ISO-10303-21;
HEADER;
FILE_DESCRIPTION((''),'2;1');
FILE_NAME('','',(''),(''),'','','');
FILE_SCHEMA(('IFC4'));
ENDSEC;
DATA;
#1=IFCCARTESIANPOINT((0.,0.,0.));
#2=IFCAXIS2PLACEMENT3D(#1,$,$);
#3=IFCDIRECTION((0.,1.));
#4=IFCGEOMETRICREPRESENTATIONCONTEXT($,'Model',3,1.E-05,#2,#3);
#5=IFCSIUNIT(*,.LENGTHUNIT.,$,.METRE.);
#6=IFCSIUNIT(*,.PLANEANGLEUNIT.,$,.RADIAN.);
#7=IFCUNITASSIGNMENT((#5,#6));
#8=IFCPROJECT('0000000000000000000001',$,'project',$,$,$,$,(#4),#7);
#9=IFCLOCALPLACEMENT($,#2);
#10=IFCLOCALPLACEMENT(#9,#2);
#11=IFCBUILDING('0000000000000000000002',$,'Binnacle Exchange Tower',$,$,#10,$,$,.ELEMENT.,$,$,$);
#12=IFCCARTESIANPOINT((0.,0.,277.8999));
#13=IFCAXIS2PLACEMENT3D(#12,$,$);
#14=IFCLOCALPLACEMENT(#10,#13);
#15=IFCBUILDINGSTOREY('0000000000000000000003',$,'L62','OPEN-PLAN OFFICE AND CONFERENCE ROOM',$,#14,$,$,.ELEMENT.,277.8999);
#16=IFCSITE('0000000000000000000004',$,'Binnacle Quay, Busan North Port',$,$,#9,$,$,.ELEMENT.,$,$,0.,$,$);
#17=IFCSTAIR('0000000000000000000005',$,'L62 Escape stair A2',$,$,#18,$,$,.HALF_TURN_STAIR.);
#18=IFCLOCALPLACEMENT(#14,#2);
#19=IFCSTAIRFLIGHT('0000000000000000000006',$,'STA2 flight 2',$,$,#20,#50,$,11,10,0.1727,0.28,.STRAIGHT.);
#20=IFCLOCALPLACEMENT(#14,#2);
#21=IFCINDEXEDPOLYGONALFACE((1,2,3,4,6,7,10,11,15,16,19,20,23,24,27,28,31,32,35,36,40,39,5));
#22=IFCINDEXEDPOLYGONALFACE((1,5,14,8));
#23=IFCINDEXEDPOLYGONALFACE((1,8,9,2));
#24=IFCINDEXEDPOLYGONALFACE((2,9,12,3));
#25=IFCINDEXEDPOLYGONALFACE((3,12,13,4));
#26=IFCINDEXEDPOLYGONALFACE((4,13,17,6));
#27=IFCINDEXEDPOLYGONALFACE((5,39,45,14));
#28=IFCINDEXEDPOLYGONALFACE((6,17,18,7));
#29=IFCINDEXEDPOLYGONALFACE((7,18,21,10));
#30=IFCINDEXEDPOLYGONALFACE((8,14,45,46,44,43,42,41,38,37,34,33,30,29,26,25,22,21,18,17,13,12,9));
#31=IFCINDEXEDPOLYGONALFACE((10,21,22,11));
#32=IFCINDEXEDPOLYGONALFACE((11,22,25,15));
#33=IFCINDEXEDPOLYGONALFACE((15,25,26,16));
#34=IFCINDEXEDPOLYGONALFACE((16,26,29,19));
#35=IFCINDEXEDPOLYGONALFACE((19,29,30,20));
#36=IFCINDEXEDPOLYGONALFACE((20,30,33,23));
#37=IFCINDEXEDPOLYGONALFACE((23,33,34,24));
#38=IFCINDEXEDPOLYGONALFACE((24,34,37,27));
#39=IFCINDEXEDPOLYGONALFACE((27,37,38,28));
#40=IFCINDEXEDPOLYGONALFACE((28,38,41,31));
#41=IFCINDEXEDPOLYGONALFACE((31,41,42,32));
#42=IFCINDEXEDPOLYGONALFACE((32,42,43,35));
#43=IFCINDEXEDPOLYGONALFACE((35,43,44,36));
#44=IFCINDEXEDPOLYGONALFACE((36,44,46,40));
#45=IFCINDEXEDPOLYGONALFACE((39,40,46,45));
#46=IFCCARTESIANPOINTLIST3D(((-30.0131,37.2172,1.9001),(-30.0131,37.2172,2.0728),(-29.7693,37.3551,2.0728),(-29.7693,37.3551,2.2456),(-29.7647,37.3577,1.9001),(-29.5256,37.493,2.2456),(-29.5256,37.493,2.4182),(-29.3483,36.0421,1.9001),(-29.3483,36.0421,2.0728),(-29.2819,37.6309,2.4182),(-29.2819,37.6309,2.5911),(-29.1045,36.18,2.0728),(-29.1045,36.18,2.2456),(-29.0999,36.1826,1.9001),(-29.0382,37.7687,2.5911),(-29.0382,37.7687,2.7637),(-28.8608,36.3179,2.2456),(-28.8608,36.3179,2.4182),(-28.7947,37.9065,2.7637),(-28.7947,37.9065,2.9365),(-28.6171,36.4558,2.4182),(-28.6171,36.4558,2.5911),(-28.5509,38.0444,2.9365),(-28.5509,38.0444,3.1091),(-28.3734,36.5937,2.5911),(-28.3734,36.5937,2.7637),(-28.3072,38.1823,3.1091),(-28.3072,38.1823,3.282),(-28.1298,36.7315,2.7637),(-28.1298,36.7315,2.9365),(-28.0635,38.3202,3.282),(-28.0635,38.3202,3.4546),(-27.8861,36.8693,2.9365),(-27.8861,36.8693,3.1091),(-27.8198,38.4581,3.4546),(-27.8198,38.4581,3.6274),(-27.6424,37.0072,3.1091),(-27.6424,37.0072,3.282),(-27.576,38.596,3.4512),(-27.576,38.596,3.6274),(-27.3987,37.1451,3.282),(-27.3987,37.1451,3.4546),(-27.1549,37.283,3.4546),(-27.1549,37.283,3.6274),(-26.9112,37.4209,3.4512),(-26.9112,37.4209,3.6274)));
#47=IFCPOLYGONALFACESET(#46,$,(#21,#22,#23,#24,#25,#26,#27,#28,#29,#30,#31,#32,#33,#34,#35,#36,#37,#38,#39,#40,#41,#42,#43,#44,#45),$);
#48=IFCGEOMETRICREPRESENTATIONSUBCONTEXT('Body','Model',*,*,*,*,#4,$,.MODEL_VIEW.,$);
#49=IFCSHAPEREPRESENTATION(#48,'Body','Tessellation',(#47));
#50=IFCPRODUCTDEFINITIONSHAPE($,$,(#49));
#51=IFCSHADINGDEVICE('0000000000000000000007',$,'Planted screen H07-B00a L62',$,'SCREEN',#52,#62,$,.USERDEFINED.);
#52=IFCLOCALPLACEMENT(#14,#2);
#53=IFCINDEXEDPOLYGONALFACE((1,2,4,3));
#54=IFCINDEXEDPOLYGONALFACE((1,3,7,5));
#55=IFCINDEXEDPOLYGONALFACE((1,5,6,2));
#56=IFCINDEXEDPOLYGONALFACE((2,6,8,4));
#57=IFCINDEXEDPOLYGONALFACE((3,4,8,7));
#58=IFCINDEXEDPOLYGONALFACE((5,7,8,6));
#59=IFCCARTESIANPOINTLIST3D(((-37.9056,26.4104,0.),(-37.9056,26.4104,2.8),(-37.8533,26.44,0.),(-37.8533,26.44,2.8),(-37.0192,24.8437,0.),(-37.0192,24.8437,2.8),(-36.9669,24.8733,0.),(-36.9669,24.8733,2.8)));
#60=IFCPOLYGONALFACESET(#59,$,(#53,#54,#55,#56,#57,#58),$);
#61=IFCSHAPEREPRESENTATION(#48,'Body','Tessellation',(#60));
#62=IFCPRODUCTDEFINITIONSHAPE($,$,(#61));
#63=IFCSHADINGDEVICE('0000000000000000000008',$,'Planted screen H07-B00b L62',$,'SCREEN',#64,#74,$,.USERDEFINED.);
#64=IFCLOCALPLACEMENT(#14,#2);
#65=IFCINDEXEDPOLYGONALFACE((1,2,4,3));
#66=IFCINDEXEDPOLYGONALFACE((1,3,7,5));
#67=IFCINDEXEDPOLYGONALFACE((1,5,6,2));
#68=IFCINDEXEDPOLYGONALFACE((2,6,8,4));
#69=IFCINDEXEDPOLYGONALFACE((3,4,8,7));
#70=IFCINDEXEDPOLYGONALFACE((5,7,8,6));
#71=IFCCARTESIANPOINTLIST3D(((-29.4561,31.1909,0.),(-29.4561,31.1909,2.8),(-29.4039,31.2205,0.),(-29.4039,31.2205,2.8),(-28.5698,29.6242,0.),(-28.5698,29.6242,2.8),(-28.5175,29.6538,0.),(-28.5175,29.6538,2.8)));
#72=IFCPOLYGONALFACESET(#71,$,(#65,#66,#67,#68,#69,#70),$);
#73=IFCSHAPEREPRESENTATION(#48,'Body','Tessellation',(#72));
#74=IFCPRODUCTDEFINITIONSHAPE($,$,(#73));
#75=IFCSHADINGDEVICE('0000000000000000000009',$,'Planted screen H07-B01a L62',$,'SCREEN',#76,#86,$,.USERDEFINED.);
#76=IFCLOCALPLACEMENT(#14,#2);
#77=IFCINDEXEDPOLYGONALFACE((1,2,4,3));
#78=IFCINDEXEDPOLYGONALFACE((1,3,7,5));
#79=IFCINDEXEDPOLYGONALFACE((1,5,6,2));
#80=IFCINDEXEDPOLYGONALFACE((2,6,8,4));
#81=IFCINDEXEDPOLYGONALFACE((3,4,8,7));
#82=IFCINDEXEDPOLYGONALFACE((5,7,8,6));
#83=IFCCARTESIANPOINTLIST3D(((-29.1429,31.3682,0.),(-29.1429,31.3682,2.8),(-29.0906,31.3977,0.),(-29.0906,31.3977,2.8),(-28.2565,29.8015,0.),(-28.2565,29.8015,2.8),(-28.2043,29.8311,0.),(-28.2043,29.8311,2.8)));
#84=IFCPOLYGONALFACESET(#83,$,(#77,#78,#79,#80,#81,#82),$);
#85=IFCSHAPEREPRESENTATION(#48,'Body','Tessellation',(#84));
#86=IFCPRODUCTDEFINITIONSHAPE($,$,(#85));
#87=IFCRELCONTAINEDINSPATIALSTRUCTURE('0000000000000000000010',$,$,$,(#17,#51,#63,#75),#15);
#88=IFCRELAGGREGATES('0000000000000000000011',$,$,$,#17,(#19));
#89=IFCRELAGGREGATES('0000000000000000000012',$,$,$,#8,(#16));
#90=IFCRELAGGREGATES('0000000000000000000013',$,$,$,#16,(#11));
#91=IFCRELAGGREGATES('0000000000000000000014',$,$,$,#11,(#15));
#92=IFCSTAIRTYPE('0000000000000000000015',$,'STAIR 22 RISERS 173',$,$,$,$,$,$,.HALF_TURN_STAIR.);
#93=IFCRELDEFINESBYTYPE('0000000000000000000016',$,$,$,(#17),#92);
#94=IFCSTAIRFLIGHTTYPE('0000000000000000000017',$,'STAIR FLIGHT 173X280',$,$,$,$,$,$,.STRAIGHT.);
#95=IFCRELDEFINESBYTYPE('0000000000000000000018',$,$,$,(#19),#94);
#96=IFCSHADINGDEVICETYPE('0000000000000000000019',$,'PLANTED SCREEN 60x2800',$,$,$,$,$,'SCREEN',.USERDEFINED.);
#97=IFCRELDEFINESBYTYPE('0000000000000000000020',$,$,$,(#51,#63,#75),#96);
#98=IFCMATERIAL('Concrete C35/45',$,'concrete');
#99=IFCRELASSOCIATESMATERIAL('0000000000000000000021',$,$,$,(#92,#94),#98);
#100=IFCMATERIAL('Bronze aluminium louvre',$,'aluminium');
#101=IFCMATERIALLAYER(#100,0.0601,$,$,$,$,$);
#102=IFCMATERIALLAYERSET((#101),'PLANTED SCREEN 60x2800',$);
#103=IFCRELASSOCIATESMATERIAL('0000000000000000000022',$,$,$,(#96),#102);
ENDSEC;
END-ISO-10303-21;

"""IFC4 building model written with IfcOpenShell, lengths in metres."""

from ifc_helpers import new_model, si_unit, direction, frame, origin, origin_2d, place, context, subcontext, project, spatial, polyline, rectangle, outline, extrude, material, layer, layer_set, type_object, element, aggregate, save


model = new_model("IFC4")

# Units and contexts
model_context = context("Model", 3, precision=1e-05, world=origin(), true_north=direction((0.0, 1.0)))
body_context = subcontext(model_context, "Body", "Model", "MODEL_VIEW")
ifc_project = project(units=[si_unit("LENGTHUNIT", "METRE"), si_unit("PLANEANGLEUNIT", "RADIAN")], contexts=[model_context])

# Site, building, storey
site_placement = place(None, origin())
site = spatial("IfcSite", under=ifc_project, at=site_placement, Name="Binnacle Quay, Busan North Port", CompositionType="ELEMENT", RefElevation=0.0)
building_placement = place(site_placement, origin())
building = spatial("IfcBuilding", under=site, at=building_placement, Name="Binnacle Exchange Tower", CompositionType="ELEMENT")
storey_placement = place(building_placement, frame((0.0, 0.0, 277.8999)))
storey = spatial("IfcBuildingStorey", under=building, at=storey_placement, Name="L62", Description="OPEN-PLAN OFFICE AND CONFERENCE ROOM", CompositionType="ELEMENT", Elevation=277.8999)

# Stair, stair flight
ifc_material_1 = material(Name="Concrete C35/45", Category="concrete")
stair_type = type_object("IfcStairType", Name="STAIR 22 RISERS 173", PredefinedType="HALF_TURN_STAIR", material=ifc_material_1)
stair_placement = place(storey_placement, origin())
stair = element("IfcStair", 1, at=stair_placement, inside=storey, type_object=stair_type, Name="L62 Escape stair A2", PredefinedType="HALF_TURN_STAIR")
stair_flight_type = type_object("IfcStairFlightType", Name="STAIR FLIGHT 173X280", PredefinedType="STRAIGHT", material=ifc_material_1)
stair_flight_placement = place(storey_placement, frame((-29.6807, 36.6296, 1.9001), z_axis=(0.0, 0.0, 1.0), x_axis=(0.870356, 0.492424, 0.0)))
stair_flight = element("IfcStairFlight", 2, at=stair_flight_placement, type_object=stair_flight_type, Name="STA2 flight 2", NumberOfRisers=11, NumberOfTreads=10, PredefinedType="STRAIGHT", RiserHeight=0.1727, TreadLength=0.28, context=body_context, shape_type="SweptSolid", body=[
    extrude(outline(polyline([(0.0, 0.0), (0.0, 0.1726), (0.28, 0.1726), (0.28, 0.3455), (0.5601, 0.3455), (0.5601, 0.5181), (0.8401, 0.5181), (0.8401, 0.6909), (1.1201, 0.6909), (1.1201, 0.8635), (1.3999, 0.8635), (1.3999, 1.0364), (1.6799, 1.0364), (1.6799, 1.209), (1.96, 1.209), (1.96, 1.3818), (2.24, 1.3818), (2.24, 1.5544), (2.52, 1.5544), (2.52, 1.7273), (2.8, 1.7273), (2.8, 1.8999), (2.8, 1.551), (0.2854, 0.0), (0.0, 0.0)])), frame((0.0, 0.675, 0.0), z_axis=(0.0, -1.0, 0.0), x_axis=(1.0, 0.0, 0.0)), (0.0, 0.0, 1.0), 1.3501),
])
aggregate(stair, [stair_flight])

# Shading devices
ifc_material_2 = material(Name="Bronze aluminium louvre", Category="aluminium")
ifc_layer_1 = layer(ifc_material_2, 0.0601)
ifc_layer_set_1 = layer_set([ifc_layer_1], Name="PLANTED SCREEN 60x2800")
shading_device_type = type_object("IfcShadingDeviceType", Name="PLANTED SCREEN 60x2800", ElementType="SCREEN", PredefinedType="USERDEFINED", material=ifc_layer_set_1)
for number, where, z_axis, x_axis, name in (
    (3, (-37.4363, 25.6418, 0.0), (0.0, 0.0, 1.0), (0.870356, 0.492424, 0.0), "Planted screen H07-B00a L62"),
    (4, (-28.9868, 30.4224, 0.0), (0.0, 0.0, 1.0), (0.870356, 0.492424, 0.0), "Planted screen H07-B00b L62"),
    (5, (-28.6736, 30.5996, 0.0), (0.0, 0.0, 1.0), (0.870356, 0.492424, 0.0), "Planted screen H07-B01a L62"),
):
    element("IfcShadingDevice", number, at=place(storey_placement, frame(where, z_axis=z_axis, x_axis=x_axis)), inside=storey, type_object=shading_device_type, Name=name, ObjectType="SCREEN", PredefinedType="USERDEFINED", context=body_context, shape_type="SweptSolid", body=[
        extrude(rectangle(XDim=0.0601, YDim=1.8, at=origin_2d()), origin(), (0.0, 0.0, 1.0), 2.8),
    ])

save(model, "model.ifc")
